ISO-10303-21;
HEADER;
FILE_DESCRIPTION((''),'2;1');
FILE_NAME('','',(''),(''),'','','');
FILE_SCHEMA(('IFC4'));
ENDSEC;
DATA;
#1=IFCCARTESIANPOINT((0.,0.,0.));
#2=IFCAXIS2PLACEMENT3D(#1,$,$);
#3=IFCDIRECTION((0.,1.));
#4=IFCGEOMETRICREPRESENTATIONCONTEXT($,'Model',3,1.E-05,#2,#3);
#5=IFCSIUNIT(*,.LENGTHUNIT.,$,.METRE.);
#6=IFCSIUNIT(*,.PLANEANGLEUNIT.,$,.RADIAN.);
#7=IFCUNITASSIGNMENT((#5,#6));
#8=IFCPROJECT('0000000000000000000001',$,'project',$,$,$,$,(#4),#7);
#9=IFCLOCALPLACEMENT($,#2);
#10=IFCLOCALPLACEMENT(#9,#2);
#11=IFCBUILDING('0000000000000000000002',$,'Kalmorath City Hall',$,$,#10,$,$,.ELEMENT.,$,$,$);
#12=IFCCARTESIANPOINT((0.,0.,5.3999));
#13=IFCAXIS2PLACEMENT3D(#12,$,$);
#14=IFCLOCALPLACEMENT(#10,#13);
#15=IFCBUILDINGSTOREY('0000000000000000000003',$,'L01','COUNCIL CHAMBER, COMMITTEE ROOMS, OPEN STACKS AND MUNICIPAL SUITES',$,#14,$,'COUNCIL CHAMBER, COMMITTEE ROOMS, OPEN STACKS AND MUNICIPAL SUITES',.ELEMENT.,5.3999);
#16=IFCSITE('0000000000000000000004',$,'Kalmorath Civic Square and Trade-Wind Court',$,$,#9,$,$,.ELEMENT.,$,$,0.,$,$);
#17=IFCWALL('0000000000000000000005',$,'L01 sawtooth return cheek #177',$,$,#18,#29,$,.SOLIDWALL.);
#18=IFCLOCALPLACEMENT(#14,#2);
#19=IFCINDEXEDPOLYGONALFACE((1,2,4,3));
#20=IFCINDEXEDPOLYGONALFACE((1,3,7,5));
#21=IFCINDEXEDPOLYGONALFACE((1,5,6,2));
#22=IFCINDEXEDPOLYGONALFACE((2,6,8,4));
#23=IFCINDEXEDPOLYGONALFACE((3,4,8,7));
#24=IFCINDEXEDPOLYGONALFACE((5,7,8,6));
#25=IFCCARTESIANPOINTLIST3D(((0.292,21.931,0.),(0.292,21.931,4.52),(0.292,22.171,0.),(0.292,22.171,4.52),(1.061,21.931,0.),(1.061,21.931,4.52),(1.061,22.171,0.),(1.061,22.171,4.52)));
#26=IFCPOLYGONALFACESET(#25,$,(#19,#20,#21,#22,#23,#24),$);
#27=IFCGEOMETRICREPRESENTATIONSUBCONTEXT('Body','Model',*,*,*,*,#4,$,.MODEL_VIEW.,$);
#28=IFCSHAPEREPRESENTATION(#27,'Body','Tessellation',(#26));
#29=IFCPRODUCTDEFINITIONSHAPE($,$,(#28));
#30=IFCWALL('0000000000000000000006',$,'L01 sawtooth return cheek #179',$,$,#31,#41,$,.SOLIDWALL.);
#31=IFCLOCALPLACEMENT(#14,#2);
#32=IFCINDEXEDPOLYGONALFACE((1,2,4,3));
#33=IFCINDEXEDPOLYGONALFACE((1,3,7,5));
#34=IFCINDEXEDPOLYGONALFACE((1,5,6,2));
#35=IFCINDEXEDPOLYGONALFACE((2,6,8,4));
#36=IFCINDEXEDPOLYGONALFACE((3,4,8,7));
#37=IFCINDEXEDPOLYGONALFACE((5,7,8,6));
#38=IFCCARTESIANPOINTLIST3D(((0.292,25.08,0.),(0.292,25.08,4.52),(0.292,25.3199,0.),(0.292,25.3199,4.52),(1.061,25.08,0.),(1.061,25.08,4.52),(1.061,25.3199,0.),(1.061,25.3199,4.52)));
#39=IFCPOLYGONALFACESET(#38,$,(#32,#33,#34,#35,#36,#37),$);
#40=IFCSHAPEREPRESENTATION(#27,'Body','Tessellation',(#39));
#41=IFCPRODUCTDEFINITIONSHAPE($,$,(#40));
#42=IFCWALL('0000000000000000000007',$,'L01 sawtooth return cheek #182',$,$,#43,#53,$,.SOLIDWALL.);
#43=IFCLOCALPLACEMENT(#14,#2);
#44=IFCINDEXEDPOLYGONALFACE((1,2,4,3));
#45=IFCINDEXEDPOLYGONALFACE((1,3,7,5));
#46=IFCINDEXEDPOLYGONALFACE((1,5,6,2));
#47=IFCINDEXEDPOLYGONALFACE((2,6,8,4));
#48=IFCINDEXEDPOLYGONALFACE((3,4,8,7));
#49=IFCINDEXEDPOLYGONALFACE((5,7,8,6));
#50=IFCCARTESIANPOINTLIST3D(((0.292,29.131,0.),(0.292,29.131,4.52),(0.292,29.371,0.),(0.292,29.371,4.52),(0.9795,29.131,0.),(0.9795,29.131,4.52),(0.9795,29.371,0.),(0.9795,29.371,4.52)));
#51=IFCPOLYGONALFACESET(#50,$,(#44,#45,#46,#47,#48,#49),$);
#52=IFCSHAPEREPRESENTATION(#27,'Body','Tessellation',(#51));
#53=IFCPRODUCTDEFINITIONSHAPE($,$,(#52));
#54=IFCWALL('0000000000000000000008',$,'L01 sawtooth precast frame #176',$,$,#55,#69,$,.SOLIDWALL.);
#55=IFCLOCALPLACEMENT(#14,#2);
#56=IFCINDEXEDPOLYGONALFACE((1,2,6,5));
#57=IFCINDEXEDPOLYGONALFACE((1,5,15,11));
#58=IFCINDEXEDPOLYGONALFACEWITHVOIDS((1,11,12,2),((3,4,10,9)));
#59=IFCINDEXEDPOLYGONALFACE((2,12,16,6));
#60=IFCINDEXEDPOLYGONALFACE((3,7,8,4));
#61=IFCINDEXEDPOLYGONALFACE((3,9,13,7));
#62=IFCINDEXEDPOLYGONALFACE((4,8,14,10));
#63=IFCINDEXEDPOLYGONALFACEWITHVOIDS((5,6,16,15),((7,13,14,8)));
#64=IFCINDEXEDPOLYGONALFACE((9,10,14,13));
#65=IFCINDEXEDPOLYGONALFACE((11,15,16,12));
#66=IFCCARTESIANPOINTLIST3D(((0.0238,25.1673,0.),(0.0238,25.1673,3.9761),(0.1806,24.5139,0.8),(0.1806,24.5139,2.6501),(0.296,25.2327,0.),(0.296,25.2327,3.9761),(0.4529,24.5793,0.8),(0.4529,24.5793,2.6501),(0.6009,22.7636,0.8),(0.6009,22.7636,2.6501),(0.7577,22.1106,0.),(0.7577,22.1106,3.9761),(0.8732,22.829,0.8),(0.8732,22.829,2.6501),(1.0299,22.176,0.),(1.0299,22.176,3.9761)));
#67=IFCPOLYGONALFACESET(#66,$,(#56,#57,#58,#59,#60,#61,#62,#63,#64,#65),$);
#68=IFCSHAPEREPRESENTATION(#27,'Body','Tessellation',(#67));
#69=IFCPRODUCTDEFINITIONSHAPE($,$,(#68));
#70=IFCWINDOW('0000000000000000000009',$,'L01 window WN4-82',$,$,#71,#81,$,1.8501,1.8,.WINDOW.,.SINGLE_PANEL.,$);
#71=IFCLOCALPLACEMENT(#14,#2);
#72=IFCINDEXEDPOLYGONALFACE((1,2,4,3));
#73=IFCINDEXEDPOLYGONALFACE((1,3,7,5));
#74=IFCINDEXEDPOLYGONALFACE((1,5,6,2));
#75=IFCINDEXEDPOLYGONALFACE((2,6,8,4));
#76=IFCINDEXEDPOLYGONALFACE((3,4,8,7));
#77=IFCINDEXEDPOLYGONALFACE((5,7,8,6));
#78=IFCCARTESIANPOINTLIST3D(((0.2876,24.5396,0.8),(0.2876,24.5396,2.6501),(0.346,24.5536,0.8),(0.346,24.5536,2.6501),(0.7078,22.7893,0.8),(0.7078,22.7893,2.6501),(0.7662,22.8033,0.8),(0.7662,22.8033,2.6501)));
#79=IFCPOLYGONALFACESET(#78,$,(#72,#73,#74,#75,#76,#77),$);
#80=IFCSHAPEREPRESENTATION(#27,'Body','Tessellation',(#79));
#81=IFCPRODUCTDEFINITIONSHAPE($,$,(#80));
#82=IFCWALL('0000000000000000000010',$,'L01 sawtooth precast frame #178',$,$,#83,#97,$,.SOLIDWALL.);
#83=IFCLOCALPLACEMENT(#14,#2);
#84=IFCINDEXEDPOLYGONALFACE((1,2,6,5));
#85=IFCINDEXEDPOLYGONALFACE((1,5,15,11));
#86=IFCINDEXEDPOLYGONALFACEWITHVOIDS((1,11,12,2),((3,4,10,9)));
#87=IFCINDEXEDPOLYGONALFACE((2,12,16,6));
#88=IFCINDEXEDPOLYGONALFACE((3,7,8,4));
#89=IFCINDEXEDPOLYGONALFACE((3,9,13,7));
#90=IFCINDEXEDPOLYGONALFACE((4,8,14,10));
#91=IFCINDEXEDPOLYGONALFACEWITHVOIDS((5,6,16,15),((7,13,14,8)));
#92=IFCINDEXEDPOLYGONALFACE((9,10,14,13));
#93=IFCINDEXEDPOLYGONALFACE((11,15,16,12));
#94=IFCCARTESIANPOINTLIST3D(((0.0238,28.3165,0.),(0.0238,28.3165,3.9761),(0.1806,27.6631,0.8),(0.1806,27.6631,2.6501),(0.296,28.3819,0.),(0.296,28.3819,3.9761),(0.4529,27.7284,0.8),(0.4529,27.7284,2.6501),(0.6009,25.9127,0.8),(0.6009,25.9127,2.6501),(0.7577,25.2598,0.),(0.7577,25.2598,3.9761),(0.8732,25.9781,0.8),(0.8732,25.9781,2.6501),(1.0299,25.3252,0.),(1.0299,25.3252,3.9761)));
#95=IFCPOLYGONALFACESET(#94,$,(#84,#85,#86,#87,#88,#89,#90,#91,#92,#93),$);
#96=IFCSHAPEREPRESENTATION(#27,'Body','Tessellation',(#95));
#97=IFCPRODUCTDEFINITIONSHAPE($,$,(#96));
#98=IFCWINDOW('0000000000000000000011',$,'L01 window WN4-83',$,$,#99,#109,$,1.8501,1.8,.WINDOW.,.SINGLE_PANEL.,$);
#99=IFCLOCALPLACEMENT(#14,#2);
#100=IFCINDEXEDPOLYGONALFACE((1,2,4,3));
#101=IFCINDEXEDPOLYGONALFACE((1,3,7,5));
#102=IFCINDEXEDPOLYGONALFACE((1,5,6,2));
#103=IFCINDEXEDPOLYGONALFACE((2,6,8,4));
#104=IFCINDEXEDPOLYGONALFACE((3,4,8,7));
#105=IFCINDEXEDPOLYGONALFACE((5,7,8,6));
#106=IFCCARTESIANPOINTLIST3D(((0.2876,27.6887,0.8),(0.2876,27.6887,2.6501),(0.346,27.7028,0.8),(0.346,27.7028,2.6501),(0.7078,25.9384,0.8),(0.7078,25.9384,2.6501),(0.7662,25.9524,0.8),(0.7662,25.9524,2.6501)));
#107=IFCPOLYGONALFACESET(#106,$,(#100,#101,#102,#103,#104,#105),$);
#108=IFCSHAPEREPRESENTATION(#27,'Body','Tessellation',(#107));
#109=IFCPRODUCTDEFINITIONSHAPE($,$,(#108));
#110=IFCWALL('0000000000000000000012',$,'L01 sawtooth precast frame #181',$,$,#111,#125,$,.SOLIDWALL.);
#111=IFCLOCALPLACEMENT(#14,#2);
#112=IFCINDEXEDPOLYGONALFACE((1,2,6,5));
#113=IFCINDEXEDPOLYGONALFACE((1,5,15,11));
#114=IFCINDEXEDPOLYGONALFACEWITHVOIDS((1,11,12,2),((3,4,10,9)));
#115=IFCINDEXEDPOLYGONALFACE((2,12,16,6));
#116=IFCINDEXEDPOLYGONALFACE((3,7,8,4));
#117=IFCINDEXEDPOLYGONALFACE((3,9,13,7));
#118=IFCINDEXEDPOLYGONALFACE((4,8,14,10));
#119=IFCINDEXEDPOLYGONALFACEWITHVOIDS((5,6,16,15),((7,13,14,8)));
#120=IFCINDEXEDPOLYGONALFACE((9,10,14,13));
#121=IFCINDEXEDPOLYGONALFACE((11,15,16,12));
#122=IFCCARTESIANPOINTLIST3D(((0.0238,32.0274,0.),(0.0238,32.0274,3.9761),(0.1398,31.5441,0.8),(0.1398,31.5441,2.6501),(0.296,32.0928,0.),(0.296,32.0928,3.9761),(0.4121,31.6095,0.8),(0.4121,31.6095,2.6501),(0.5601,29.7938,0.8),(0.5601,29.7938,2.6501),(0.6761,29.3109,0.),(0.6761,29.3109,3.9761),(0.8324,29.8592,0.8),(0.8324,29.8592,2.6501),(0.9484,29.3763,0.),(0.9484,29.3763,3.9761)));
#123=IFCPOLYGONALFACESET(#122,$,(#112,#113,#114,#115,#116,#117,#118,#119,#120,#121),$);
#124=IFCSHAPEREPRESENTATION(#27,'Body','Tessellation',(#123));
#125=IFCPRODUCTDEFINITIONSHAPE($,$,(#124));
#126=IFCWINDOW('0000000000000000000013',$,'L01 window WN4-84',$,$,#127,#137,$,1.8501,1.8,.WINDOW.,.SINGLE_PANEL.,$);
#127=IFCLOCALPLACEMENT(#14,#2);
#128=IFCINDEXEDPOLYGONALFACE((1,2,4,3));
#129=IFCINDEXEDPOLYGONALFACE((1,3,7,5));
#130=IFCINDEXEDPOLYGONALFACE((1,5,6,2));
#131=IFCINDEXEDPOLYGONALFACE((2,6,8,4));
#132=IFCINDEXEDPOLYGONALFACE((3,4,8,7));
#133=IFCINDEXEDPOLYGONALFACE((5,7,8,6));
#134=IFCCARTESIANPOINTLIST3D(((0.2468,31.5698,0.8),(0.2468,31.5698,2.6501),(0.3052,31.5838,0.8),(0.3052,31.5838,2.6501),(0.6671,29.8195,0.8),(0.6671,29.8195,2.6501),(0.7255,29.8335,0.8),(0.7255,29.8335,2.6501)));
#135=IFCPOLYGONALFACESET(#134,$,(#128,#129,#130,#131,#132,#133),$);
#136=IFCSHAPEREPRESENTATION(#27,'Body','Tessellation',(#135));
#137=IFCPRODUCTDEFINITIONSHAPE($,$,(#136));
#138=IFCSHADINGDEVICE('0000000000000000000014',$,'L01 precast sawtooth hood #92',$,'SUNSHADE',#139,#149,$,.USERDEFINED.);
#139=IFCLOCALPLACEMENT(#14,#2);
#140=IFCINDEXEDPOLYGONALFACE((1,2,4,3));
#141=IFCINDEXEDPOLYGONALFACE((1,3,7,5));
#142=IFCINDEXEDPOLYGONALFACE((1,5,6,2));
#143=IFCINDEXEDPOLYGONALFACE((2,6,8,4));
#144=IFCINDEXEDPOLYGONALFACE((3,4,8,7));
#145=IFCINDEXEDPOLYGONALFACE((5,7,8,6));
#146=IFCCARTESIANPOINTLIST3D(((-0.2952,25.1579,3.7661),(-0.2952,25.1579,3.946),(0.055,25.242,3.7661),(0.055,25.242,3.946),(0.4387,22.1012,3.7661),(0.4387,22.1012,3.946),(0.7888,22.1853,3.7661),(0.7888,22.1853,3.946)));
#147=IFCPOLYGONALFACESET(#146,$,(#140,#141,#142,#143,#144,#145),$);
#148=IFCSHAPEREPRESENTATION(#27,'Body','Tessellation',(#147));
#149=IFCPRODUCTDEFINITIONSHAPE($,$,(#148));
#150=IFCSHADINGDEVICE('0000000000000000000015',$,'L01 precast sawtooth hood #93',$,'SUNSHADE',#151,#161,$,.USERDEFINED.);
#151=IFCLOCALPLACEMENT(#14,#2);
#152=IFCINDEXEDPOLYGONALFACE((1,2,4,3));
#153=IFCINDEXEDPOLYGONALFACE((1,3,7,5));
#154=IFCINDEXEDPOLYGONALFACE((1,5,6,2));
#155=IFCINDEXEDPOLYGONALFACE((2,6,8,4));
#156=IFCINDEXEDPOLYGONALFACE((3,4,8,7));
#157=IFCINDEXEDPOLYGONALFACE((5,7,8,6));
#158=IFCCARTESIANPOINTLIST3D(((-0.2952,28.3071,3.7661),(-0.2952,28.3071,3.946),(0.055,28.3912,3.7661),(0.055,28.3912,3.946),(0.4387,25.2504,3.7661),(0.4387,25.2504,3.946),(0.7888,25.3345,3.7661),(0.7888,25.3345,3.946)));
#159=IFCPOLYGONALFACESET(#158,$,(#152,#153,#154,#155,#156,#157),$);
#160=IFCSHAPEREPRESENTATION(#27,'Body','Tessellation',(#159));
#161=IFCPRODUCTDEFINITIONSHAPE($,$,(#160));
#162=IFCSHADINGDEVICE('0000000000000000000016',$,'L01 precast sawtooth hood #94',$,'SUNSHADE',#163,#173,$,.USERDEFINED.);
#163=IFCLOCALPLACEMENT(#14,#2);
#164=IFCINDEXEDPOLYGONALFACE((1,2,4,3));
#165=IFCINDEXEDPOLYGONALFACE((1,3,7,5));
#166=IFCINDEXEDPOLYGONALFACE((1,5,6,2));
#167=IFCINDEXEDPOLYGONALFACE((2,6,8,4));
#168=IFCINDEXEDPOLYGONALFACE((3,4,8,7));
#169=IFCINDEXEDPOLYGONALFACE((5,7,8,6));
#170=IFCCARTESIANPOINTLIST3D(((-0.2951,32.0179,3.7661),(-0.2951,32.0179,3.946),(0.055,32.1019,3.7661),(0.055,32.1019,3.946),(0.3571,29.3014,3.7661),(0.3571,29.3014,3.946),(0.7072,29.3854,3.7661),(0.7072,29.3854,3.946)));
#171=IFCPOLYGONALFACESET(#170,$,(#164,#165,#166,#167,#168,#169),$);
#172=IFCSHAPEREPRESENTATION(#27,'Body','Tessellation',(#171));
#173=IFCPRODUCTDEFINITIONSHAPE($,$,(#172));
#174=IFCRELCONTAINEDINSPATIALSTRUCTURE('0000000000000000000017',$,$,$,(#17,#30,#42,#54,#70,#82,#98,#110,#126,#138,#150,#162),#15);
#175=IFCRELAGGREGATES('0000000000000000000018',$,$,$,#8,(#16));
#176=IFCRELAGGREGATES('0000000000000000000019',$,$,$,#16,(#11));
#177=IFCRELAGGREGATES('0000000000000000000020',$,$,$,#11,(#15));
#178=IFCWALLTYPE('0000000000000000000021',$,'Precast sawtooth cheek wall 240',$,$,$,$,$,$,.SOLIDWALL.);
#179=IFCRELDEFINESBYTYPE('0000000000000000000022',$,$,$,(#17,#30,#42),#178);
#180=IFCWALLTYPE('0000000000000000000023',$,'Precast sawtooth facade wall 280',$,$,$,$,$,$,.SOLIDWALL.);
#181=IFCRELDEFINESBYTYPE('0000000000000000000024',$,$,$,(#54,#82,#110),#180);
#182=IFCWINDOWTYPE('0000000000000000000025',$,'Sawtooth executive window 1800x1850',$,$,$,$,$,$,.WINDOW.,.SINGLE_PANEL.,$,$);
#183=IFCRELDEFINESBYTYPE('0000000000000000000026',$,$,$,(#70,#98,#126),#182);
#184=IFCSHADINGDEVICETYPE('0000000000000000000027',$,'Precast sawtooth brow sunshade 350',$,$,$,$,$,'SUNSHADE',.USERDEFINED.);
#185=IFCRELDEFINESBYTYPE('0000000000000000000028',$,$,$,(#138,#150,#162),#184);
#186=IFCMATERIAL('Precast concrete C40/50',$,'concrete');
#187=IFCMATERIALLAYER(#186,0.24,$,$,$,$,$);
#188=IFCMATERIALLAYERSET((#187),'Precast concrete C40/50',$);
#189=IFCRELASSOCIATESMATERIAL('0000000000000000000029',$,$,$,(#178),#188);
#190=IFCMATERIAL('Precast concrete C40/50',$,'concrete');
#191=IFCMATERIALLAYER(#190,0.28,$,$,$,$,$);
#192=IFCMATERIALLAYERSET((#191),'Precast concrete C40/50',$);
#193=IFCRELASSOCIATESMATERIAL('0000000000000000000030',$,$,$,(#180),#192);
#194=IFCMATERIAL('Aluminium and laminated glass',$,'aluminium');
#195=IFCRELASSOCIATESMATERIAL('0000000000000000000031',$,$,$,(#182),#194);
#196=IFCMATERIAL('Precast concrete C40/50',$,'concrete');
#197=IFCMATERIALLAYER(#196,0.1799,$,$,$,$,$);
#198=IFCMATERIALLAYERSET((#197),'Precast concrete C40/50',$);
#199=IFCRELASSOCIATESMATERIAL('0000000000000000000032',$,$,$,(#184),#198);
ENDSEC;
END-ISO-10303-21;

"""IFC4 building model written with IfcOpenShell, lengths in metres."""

from ifc_helpers import new_model, si_unit, direction, frame, frame_2d, origin, origin_2d, place, context, subcontext, project, spatial, rectangle, extrude, material, layer, layer_set, type_object, element, fill, save


model = new_model("IFC4")

# Units and contexts
model_context = context("Model", 3, precision=1e-05, world=origin(), true_north=direction((0.0, 1.0)))
body_context = subcontext(model_context, "Body", "Model", "MODEL_VIEW")
ifc_project = project(units=[si_unit("LENGTHUNIT", "METRE"), si_unit("PLANEANGLEUNIT", "RADIAN")], contexts=[model_context])

# Site, building, storey
site_placement = place(None, origin())
site = spatial("IfcSite", under=ifc_project, at=site_placement, Name="Kalmorath Civic Square and Trade-Wind Court", CompositionType="ELEMENT", RefElevation=0.0)
building_placement = place(site_placement, origin())
building = spatial("IfcBuilding", under=site, at=building_placement, Name="Kalmorath City Hall", CompositionType="ELEMENT")
storey_placement = place(building_placement, frame((0.0, 0.0, 5.3999)))
storey = spatial("IfcBuildingStorey", under=building, at=storey_placement, Name="L01", Description="COUNCIL CHAMBER, COMMITTEE ROOMS, OPEN STACKS AND MUNICIPAL SUITES", LongName="COUNCIL CHAMBER, COMMITTEE ROOMS, OPEN STACKS AND MUNICIPAL SUITES", CompositionType="ELEMENT", Elevation=5.3999)

# Walls
ifc_material_1 = material(Name="Precast concrete C40/50", Category="concrete")
ifc_layer_1 = layer(ifc_material_1, 0.24)
ifc_layer_set_1 = layer_set([ifc_layer_1], Name="Precast concrete C40/50")
wall_type_1 = type_object("IfcWallType", Name="Precast sawtooth cheek wall 240", PredefinedType="SOLIDWALL", material=ifc_layer_set_1)
for number, where, z_axis, x_axis, name in (
    (1, (1.061, 22.051, 0.0), (0.0, 0.0, 1.0), (-1.0, 0.0, 0.0), "L01 sawtooth return cheek #177"),
    (2, (1.061, 25.2, 0.0), (0.0, 0.0, 1.0), (-1.0, 0.0, 0.0), "L01 sawtooth return cheek #179"),
):
    element("IfcWall", number, at=place(storey_placement, frame(where, z_axis=z_axis, x_axis=x_axis)), inside=storey, type_object=wall_type_1, Name=name, PredefinedType="SOLIDWALL", context=body_context, shape_type="SweptSolid", body=[
        extrude(rectangle(XDim=0.769, YDim=0.24, at=frame_2d((0.3845, 0.0))), origin(), (0.0, 0.0, 1.0), 4.52),
    ])
wall_1_placement = place(storey_placement, frame((0.9795, 29.251, 0.0), z_axis=(0.0, 0.0, 1.0), x_axis=(-1.0, 0.0, 0.0)))
element("IfcWall", 3, at=wall_1_placement, inside=storey, type_object=wall_type_1, Name="L01 sawtooth return cheek #182", PredefinedType="SOLIDWALL", context=body_context, shape_type="SweptSolid", body=[
    extrude(rectangle(XDim=0.6875, YDim=0.24, at=frame_2d((0.3438, 0.0))), origin(), (0.0, 0.0, 1.0), 4.52),
])

# Walls, openings, windows
ifc_material_2 = material(Name="Precast concrete C40/50", Category="concrete")
ifc_layer_2 = layer(ifc_material_2, 0.28)
ifc_layer_set_2 = layer_set([ifc_layer_2], Name="Precast concrete C40/50")
wall_type_2 = type_object("IfcWallType", Name="Precast sawtooth facade wall 280", PredefinedType="SOLIDWALL", material=ifc_layer_set_2)
wall_2_placement = place(storey_placement, frame((0.8938, 22.1433, 0.0), z_axis=(0.0, 0.0, 1.0), x_axis=(-0.233461, 0.972366, 0.0)))
wall_2 = element("IfcWall", 4, at=wall_2_placement, inside=storey, type_object=wall_type_2, Name="L01 sawtooth precast frame #176", PredefinedType="SOLIDWALL", context=body_context, shape_type="SweptSolid", body=[
    extrude(rectangle(XDim=3.1436, YDim=0.28, at=frame_2d((1.5718, 0.0))), origin(), (0.0, 0.0, 1.0), 3.9761),
])
opening_1_placement = place(wall_2_placement, frame((0.6716, 0.0, 0.8)))
opening_1 = element("IfcOpeningElement", 5, at=opening_1_placement, cuts=wall_2, PredefinedType="OPENING", context=body_context, shape_type="SweptSolid", body=[
    extrude(rectangle(XDim=1.8, YDim=1.8501, at=frame_2d((0.8999, 0.925))), frame((0.0, 0.1499, 0.0), z_axis=(0.0, -1.0, 0.0), x_axis=(1.0, 0.0, 0.0)), (0.0, 0.0, 1.0), 0.3),
])
ifc_material_3 = material(Name="Aluminium and laminated glass", Category="aluminium")
window_type = type_object("IfcWindowType", Name="Sawtooth executive window 1800x1850", PartitioningType="SINGLE_PANEL", PredefinedType="WINDOW", material=ifc_material_3)
window_1_placement = place(opening_1_placement, origin())
window_1 = element("IfcWindow", 6, at=window_1_placement, inside=storey, type_object=window_type, Name="L01 window WN4-82", OverallHeight=1.8501, OverallWidth=1.8, PartitioningType="SINGLE_PANEL", PredefinedType="WINDOW", context=body_context, shape_type="SweptSolid", body=[
    extrude(rectangle(XDim=1.8, YDim=1.8501, at=frame_2d((0.8999, 0.925))), frame((0.0, 0.03, 0.0), z_axis=(0.0, -1.0, 0.0), x_axis=(1.0, 0.0, 0.0)), (0.0, 0.0, 1.0), 0.0601),
])
fill(opening_1, window_1)
wall_3_placement = place(storey_placement, frame((0.8938, 25.2925, 0.0), z_axis=(0.0, 0.0, 1.0), x_axis=(-0.233461, 0.972366, 0.0)))
wall_3 = element("IfcWall", 7, at=wall_3_placement, inside=storey, type_object=wall_type_2, Name="L01 sawtooth precast frame #178", PredefinedType="SOLIDWALL", context=body_context, shape_type="SweptSolid", body=[
    extrude(rectangle(XDim=3.1436, YDim=0.28, at=frame_2d((1.5718, 0.0))), origin(), (0.0, 0.0, 1.0), 3.9761),
])
opening_2_placement = place(wall_3_placement, frame((0.6716, 0.0, 0.8)))
opening_2 = element("IfcOpeningElement", 8, at=opening_2_placement, cuts=wall_3, PredefinedType="OPENING", context=body_context, shape_type="SweptSolid", body=[
    extrude(rectangle(XDim=1.8, YDim=1.8501, at=frame_2d((0.8999, 0.925))), frame((0.0, 0.1499, 0.0), z_axis=(0.0, -1.0, 0.0), x_axis=(1.0, 0.0, 0.0)), (0.0, 0.0, 1.0), 0.3),
])
window_2_placement = place(opening_2_placement, origin())
window_2 = element("IfcWindow", 9, at=window_2_placement, inside=storey, type_object=window_type, Name="L01 window WN4-83", OverallHeight=1.8501, OverallWidth=1.8, PartitioningType="SINGLE_PANEL", PredefinedType="WINDOW", context=body_context, shape_type="SweptSolid", body=[
    extrude(rectangle(XDim=1.8, YDim=1.8501, at=frame_2d((0.8999, 0.925))), frame((0.0, 0.03, 0.0), z_axis=(0.0, -1.0, 0.0), x_axis=(1.0, 0.0, 0.0)), (0.0, 0.0, 1.0), 0.0601),
])
fill(opening_2, window_2)
wall_4_placement = place(storey_placement, frame((0.8123, 29.3435, 0.0), z_axis=(0.0, 0.0, 1.0), x_axis=(-0.233499, 0.972357, 0.0)))
wall_4 = element("IfcWall", 10, at=wall_4_placement, inside=storey, type_object=wall_type_2, Name="L01 sawtooth precast frame #181", PredefinedType="SOLIDWALL", context=body_context, shape_type="SweptSolid", body=[
    extrude(rectangle(XDim=2.7937, YDim=0.28, at=frame_2d((1.397, 0.0))), origin(), (0.0, 0.0, 1.0), 3.9761),
])
opening_3_placement = place(wall_4_placement, frame((0.4968, 0.0, 0.8)))
opening_3 = element("IfcOpeningElement", 11, at=opening_3_placement, cuts=wall_4, PredefinedType="OPENING", context=body_context, shape_type="SweptSolid", body=[
    extrude(rectangle(XDim=1.8, YDim=1.8501, at=frame_2d((0.8999, 0.925))), frame((0.0, 0.1499, 0.0), z_axis=(0.0, -1.0, 0.0), x_axis=(1.0, 0.0, 0.0)), (0.0, 0.0, 1.0), 0.3),
])
window_3_placement = place(opening_3_placement, origin())
window_3 = element("IfcWindow", 12, at=window_3_placement, inside=storey, type_object=window_type, Name="L01 window WN4-84", OverallHeight=1.8501, OverallWidth=1.8, PartitioningType="SINGLE_PANEL", PredefinedType="WINDOW", context=body_context, shape_type="SweptSolid", body=[
    extrude(rectangle(XDim=1.8, YDim=1.8501, at=frame_2d((0.8999, 0.925))), frame((0.0, 0.03, 0.0), z_axis=(0.0, -1.0, 0.0), x_axis=(1.0, 0.0, 0.0)), (0.0, 0.0, 1.0), 0.0601),
])
fill(opening_3, window_3)

# Shading devices
ifc_material_4 = material(Name="Precast concrete C40/50", Category="concrete")
ifc_layer_3 = layer(ifc_material_4, 0.1799)
ifc_layer_set_3 = layer_set([ifc_layer_3], Name="Precast concrete C40/50")
shading_device_type = type_object("IfcShadingDeviceType", Name="Precast sawtooth brow sunshade 350", ElementType="SUNSHADE", PredefinedType="USERDEFINED", material=ifc_layer_set_3)
for number, where, z_axis, x_axis, name in (
    (13, (0.2468, 23.6716, 3.7661), (0.0, 0.0, 1.0), (-0.233445, 0.97237, 0.0), "L01 precast sawtooth hood #92"),
    (14, (0.2468, 26.8208, 3.7661), (0.0, 0.0, 1.0), (-0.233445, 0.97237, 0.0), "L01 precast sawtooth hood #93"),
):
    element("IfcShadingDevice", number, at=place(storey_placement, frame(where, z_axis=z_axis, x_axis=x_axis)), inside=storey, type_object=shading_device_type, Name=name, ObjectType="SUNSHADE", PredefinedType="USERDEFINED", context=body_context, shape_type="SweptSolid", body=[
        extrude(rectangle(XDim=3.1436, YDim=0.3601, at=origin_2d()), origin(), (0.0, 0.0, 1.0), 0.1799),
    ])
shading_device_placement = place(storey_placement, frame((0.2061, 30.7017, 3.7661), z_axis=(0.0, 0.0, 1.0), x_axis=(-0.233445, 0.97237, 0.0)))
element("IfcShadingDevice", 15, at=shading_device_placement, inside=storey, type_object=shading_device_type, Name="L01 precast sawtooth hood #94", ObjectType="SUNSHADE", PredefinedType="USERDEFINED", context=body_context, shape_type="SweptSolid", body=[
    extrude(rectangle(XDim=2.7937, YDim=0.3601, at=origin_2d()), origin(), (0.0, 0.0, 1.0), 0.1799),
])

save(model, "model.ifc")
